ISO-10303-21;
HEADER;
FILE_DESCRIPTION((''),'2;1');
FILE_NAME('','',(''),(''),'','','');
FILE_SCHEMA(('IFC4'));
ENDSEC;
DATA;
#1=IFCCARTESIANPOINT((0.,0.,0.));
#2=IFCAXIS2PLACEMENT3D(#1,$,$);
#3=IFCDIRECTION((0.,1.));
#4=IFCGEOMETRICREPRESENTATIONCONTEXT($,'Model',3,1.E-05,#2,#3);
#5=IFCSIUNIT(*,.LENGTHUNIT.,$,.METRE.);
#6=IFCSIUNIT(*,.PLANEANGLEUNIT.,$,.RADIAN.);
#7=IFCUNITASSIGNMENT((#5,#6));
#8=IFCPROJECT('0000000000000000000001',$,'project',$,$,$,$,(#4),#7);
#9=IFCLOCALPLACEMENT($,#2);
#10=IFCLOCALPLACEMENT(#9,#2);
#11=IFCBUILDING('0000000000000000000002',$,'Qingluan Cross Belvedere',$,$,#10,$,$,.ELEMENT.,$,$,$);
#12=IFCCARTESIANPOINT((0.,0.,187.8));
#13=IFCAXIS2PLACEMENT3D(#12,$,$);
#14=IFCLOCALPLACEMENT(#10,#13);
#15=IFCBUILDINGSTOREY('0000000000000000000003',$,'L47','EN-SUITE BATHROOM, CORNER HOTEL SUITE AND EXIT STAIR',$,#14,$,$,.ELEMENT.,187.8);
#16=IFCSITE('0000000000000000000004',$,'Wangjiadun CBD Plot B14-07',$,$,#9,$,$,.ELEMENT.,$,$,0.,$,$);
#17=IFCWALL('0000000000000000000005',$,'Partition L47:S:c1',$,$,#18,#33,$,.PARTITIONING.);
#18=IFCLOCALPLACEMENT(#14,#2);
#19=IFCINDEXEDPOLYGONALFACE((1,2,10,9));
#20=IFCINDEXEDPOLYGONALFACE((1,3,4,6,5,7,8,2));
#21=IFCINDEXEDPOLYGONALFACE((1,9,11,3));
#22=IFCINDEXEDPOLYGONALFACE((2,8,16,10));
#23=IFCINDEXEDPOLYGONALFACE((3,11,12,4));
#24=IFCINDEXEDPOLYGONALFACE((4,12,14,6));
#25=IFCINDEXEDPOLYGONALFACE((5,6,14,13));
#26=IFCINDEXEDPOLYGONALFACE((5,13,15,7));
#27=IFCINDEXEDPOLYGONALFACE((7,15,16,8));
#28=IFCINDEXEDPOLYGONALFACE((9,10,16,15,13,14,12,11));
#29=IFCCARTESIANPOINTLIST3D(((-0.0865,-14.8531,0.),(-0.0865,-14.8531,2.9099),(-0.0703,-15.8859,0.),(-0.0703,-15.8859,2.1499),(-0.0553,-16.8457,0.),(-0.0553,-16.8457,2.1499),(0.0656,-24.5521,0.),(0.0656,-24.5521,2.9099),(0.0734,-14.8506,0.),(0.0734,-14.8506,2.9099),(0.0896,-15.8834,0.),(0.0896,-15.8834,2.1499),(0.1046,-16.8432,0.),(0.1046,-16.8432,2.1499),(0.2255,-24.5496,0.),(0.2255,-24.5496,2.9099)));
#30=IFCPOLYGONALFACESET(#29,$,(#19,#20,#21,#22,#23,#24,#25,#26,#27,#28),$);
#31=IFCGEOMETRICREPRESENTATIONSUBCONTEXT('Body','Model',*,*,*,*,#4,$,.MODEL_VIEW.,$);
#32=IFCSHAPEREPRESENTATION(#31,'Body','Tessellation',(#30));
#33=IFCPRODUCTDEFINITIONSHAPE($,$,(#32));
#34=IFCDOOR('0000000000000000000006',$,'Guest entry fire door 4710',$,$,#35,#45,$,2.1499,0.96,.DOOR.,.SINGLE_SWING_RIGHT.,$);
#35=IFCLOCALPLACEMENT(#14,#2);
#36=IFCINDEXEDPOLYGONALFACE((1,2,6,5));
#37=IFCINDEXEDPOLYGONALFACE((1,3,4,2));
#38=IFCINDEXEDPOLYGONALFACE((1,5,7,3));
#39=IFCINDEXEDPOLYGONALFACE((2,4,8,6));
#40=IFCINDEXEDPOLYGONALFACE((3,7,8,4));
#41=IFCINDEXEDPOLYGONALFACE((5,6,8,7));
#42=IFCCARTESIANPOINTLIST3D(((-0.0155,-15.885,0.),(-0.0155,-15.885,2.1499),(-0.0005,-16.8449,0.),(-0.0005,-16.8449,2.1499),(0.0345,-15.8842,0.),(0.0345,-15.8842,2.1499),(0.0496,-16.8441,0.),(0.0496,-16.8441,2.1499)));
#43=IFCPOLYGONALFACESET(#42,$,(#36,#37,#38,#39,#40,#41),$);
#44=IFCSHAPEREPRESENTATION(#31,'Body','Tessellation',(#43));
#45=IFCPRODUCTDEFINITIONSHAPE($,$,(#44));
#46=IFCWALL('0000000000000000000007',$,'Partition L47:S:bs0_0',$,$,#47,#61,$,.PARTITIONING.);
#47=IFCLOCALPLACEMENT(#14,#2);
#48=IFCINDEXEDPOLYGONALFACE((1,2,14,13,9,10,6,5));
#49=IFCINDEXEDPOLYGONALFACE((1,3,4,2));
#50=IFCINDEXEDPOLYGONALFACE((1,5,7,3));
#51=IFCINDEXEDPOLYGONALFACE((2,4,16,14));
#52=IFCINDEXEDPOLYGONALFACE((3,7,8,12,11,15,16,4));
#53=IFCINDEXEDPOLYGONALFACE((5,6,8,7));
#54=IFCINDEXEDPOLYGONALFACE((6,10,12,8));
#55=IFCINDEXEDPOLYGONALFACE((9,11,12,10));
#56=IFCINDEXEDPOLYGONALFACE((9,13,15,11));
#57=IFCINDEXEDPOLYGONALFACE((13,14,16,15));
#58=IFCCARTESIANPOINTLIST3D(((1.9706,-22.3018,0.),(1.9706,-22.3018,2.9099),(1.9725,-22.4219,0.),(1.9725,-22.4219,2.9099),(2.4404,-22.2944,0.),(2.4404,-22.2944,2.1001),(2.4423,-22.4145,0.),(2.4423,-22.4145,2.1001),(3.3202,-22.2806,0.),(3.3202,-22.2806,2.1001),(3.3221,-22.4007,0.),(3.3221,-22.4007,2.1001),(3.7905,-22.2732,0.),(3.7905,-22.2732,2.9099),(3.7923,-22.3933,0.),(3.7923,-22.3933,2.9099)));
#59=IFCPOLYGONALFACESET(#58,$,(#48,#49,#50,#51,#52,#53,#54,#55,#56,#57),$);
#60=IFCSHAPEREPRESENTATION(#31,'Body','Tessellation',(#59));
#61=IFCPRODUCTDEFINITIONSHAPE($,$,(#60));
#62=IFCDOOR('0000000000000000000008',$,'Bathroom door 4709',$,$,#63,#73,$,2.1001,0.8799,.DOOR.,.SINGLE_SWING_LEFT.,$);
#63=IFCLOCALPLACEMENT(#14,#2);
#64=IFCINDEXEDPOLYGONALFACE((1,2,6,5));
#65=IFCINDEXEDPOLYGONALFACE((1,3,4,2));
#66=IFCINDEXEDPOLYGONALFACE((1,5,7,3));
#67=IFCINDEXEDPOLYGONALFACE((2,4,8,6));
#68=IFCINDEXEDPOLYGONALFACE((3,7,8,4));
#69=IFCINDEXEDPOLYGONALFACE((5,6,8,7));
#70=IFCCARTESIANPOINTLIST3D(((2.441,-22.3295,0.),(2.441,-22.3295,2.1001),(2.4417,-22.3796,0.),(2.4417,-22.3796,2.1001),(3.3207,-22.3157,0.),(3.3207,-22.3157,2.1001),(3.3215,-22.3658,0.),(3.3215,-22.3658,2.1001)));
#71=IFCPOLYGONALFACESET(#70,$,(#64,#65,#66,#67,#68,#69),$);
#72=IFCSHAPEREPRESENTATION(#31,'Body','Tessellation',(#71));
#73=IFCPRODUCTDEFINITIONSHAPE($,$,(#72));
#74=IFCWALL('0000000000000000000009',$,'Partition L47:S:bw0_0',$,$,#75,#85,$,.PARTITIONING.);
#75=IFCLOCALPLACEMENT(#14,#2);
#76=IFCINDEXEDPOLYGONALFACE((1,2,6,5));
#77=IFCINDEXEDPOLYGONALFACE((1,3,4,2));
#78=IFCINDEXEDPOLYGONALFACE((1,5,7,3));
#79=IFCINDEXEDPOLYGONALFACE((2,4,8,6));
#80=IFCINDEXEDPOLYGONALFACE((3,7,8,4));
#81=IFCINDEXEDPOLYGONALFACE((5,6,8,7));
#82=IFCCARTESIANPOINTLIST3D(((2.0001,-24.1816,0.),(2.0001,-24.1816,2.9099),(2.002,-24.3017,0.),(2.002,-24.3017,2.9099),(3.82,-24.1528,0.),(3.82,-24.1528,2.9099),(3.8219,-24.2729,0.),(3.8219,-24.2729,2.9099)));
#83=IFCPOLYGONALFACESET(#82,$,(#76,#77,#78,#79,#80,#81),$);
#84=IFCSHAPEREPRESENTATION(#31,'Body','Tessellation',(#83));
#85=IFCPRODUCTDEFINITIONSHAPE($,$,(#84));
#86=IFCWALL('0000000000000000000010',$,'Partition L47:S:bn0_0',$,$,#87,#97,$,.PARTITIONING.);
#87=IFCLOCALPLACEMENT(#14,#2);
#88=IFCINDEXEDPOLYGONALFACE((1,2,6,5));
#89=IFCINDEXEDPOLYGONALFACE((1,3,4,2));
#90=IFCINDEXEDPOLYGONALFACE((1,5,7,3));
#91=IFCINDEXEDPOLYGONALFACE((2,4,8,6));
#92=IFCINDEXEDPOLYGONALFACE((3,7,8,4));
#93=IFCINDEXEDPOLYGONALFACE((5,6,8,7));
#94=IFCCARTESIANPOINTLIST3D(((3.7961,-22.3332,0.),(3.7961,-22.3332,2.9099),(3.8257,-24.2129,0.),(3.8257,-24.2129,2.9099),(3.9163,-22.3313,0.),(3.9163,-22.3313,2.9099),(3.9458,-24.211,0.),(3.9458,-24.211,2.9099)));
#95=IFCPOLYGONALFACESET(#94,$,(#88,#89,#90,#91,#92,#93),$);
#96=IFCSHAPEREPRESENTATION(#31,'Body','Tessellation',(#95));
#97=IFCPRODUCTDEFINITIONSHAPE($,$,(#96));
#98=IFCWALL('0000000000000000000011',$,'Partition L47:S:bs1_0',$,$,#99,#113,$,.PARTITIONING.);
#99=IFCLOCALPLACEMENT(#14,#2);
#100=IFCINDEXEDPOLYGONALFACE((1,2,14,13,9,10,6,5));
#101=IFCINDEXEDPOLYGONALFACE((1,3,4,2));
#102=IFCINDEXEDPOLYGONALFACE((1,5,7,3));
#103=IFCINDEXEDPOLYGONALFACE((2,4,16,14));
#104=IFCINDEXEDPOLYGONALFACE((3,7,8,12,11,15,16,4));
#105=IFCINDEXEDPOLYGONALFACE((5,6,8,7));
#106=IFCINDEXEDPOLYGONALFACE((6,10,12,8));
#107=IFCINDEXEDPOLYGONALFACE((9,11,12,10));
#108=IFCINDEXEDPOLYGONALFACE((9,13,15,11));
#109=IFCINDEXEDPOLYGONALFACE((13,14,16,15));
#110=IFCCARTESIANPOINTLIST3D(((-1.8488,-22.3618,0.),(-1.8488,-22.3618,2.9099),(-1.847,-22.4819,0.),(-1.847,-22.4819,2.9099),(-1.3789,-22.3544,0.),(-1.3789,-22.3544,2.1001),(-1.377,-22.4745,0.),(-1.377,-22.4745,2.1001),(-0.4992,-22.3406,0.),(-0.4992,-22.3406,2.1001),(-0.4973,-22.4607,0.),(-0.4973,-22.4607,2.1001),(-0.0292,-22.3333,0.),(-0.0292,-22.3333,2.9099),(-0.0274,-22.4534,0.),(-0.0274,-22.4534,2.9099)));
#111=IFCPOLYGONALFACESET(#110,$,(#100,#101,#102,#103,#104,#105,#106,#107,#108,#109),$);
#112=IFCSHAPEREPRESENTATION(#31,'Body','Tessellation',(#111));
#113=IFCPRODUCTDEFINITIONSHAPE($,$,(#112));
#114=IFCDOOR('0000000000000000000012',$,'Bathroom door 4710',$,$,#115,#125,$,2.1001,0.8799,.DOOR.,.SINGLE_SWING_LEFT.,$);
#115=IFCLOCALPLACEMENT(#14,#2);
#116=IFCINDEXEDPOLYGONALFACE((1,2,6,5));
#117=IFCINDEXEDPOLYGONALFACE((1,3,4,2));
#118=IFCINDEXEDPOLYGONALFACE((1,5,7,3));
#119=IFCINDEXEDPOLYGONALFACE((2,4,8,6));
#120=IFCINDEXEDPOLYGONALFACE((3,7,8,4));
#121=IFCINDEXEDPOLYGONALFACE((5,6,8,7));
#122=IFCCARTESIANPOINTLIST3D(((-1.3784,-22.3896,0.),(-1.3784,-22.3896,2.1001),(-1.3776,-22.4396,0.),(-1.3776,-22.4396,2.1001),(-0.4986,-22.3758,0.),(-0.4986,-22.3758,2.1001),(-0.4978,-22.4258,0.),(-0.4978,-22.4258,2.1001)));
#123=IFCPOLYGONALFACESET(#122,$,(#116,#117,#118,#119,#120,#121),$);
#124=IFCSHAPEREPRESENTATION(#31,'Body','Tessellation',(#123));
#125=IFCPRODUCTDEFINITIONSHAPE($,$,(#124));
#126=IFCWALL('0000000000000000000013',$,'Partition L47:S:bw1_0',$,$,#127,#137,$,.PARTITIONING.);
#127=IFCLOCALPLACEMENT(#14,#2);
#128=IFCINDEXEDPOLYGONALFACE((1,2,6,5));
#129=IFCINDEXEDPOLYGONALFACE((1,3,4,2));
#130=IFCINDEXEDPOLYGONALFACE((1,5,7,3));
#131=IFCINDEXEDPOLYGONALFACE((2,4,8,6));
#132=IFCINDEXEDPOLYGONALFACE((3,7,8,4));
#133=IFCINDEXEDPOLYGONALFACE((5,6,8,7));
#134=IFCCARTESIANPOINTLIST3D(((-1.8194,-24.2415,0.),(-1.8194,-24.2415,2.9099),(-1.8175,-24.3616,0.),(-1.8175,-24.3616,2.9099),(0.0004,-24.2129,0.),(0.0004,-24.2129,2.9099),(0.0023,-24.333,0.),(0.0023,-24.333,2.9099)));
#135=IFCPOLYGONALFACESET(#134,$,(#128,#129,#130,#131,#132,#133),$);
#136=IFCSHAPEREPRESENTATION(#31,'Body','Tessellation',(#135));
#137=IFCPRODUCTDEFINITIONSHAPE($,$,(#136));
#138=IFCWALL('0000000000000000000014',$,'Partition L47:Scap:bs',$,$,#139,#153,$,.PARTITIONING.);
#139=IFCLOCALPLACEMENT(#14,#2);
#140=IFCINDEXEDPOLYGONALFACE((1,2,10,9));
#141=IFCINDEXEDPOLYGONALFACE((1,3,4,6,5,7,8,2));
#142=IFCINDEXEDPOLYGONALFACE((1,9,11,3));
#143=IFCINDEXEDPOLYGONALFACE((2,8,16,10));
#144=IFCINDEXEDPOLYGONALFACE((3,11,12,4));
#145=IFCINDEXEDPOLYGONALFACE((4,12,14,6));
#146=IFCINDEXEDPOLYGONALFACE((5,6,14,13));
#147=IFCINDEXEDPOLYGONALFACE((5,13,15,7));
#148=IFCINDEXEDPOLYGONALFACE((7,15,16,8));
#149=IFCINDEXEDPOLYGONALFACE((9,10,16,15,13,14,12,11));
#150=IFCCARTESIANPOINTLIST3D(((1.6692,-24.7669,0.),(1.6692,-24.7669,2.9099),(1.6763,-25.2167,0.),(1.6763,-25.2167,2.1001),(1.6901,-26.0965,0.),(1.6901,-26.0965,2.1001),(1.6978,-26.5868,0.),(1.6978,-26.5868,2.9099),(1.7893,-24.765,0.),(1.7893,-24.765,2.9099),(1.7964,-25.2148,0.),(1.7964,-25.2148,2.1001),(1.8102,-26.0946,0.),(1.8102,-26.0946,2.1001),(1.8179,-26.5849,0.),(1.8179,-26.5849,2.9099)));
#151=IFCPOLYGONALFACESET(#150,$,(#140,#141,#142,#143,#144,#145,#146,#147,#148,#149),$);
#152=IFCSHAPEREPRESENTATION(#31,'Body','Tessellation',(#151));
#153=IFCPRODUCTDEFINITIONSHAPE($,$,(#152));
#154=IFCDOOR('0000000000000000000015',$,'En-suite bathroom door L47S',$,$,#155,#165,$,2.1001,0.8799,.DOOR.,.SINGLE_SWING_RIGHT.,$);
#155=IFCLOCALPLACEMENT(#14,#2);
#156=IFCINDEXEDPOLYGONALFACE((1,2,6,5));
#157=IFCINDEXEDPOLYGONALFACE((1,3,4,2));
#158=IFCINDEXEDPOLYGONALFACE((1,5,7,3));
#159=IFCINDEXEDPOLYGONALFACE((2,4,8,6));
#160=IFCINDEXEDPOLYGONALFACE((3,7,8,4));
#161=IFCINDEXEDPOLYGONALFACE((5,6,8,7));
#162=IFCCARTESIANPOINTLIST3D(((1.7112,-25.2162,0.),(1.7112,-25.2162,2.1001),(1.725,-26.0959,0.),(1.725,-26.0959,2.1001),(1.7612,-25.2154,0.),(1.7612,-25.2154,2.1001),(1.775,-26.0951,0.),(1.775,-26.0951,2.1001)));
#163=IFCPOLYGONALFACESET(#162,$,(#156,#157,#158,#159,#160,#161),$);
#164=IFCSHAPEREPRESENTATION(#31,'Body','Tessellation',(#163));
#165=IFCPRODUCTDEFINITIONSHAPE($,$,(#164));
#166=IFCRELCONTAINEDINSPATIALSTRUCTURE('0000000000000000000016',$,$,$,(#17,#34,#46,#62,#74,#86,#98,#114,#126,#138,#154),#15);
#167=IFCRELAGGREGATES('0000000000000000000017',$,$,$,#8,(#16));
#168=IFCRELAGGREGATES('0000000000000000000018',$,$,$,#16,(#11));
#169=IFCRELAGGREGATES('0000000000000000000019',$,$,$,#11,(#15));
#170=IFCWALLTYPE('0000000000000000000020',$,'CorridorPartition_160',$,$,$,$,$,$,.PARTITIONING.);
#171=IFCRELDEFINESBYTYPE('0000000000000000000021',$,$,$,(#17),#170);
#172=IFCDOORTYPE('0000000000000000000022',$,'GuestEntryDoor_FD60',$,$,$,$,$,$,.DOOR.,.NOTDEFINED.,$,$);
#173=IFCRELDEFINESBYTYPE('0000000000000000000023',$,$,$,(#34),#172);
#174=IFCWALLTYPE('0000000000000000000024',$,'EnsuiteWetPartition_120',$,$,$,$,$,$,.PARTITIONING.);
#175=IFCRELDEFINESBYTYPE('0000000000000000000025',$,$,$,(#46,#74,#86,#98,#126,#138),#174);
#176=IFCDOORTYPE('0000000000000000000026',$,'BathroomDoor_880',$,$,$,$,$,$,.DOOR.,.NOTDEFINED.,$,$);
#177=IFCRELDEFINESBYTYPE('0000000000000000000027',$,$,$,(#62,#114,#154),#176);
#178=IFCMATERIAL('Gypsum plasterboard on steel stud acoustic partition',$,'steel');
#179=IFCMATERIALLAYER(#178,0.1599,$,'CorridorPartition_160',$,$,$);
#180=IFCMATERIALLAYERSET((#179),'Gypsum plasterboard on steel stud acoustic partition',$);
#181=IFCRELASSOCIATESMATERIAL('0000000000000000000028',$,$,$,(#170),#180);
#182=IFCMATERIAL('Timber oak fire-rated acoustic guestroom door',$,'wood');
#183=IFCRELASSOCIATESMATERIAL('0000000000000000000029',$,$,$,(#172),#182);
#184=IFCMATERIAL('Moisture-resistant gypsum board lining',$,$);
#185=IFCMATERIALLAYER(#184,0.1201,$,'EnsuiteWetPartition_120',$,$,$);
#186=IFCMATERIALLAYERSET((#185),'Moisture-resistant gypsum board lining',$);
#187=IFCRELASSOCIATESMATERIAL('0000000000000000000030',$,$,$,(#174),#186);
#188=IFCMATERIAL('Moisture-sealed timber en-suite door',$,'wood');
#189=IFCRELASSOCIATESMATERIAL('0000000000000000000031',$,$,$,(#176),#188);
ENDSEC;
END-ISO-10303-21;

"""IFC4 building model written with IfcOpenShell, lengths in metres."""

from ifc_helpers import new_model, si_unit, direction, frame, frame_2d, origin, place, context, subcontext, project, spatial, rectangle, extrude, material, layer, layer_set, type_object, element, fill, save


model = new_model("IFC4")

# Units and contexts
model_context = context("Model", 3, precision=1e-05, world=origin(), true_north=direction((0.0, 1.0)))
body_context = subcontext(model_context, "Body", "Model", "MODEL_VIEW")
ifc_project = project(units=[si_unit("LENGTHUNIT", "METRE"), si_unit("PLANEANGLEUNIT", "RADIAN")], contexts=[model_context])

# Site, building, storey
site_placement = place(None, origin())
site = spatial("IfcSite", under=ifc_project, at=site_placement, Name="Wangjiadun CBD Plot B14-07", CompositionType="ELEMENT", RefElevation=0.0)
building_placement = place(site_placement, origin())
building = spatial("IfcBuilding", under=site, at=building_placement, Name="Qingluan Cross Belvedere", CompositionType="ELEMENT")
storey_placement = place(building_placement, frame((0.0, 0.0, 187.8)))
storey = spatial("IfcBuildingStorey", under=building, at=storey_placement, Name="L47", Description="EN-SUITE BATHROOM, CORNER HOTEL SUITE AND EXIT STAIR", CompositionType="ELEMENT", Elevation=187.8)

# Walls, openings, doors
ifc_material_1 = material(Name="Gypsum plasterboard on steel stud acoustic partition", Category="steel")
ifc_layer_1 = layer(ifc_material_1, 0.1599, Name="CorridorPartition_160")
ifc_layer_set_1 = layer_set([ifc_layer_1], Name="Gypsum plasterboard on steel stud acoustic partition")
wall_type_1 = type_object("IfcWallType", Name="CorridorPartition_160", PredefinedType="PARTITIONING", material=ifc_layer_set_1)
wall_1_placement = place(storey_placement, frame((-0.0066, -14.8518, 0.0), z_axis=(0.0, 0.0, 1.0), x_axis=(0.01568, -0.999877, 0.0)))
wall_1 = element("IfcWall", 1, at=wall_1_placement, inside=storey, type_object=wall_type_1, Name="Partition L47:S:c1", PredefinedType="PARTITIONING", context=body_context, shape_type="SweptSolid", body=[
    extrude(rectangle(XDim=9.7002, YDim=0.1599, at=frame_2d((4.8501, 0.0))), origin(), (0.0, 0.0, 1.0), 2.9099),
])
opening_1_placement = place(wall_1_placement, frame((1.033, 0.0, 0.0)))
opening_1 = element("IfcOpeningElement", 2, at=opening_1_placement, cuts=wall_1, PredefinedType="OPENING", context=body_context, shape_type="SweptSolid", body=[
    extrude(rectangle(XDim=0.96, YDim=2.1499, at=frame_2d((0.48, 1.075))), frame((0.0, 0.0898, 0.0), z_axis=(0.0, -1.0, 0.0), x_axis=(1.0, 0.0, 0.0)), (0.0, 0.0, 1.0), 0.1799),
])
ifc_material_2 = material(Name="Timber oak fire-rated acoustic guestroom door", Category="wood")
door_type_1 = type_object("IfcDoorType", Name="GuestEntryDoor_FD60", OperationType="NOTDEFINED", PredefinedType="DOOR", material=ifc_material_2)
door_1_placement = place(opening_1_placement, origin())
door_1 = element("IfcDoor", 3, at=door_1_placement, inside=storey, type_object=door_type_1, Name="Guest entry fire door 4710", OperationType="SINGLE_SWING_RIGHT", OverallHeight=2.1499, OverallWidth=0.96, PredefinedType="DOOR", context=body_context, shape_type="SweptSolid", body=[
    extrude(rectangle(XDim=0.96, YDim=2.1499, at=frame_2d((0.48, 1.075))), frame((0.0, 0.0249, 0.0), z_axis=(0.0, -1.0, 0.0), x_axis=(1.0, 0.0, 0.0)), (0.0, 0.0, 1.0), 0.05),
])
fill(opening_1, door_1)
ifc_material_3 = material(Name="Moisture-resistant gypsum board lining")
ifc_layer_2 = layer(ifc_material_3, 0.1201, Name="EnsuiteWetPartition_120")
ifc_layer_set_2 = layer_set([ifc_layer_2], Name="Moisture-resistant gypsum board lining")
wall_type_2 = type_object("IfcWallType", Name="EnsuiteWetPartition_120", PredefinedType="PARTITIONING", material=ifc_layer_set_2)
wall_2_placement = place(storey_placement, frame((1.9714, -22.3618, 0.0), z_axis=(0.0, 0.0, 1.0), x_axis=(0.999877, 0.015694, 0.0)))
wall_2 = element("IfcWall", 4, at=wall_2_placement, inside=storey, type_object=wall_type_2, Name="Partition L47:S:bs0_0", PredefinedType="PARTITIONING", context=body_context, shape_type="SweptSolid", body=[
    extrude(rectangle(XDim=1.8201, YDim=0.1201, at=frame_2d((0.9102, 0.0))), origin(), (0.0, 0.0, 1.0), 2.9099),
])
opening_2_placement = place(wall_2_placement, frame((0.47, 0.0, 0.0)))
opening_2 = element("IfcOpeningElement", 5, at=opening_2_placement, cuts=wall_2, PredefinedType="OPENING", context=body_context, shape_type="SweptSolid", body=[
    extrude(rectangle(XDim=0.8799, YDim=2.1001, at=frame_2d((0.4399, 1.05))), frame((0.0, 0.0701, 0.0), z_axis=(0.0, -1.0, 0.0), x_axis=(1.0, 0.0, 0.0)), (0.0, 0.0, 1.0), 0.1401),
])
ifc_material_4 = material(Name="Moisture-sealed timber en-suite door", Category="wood")
door_type_2 = type_object("IfcDoorType", Name="BathroomDoor_880", OperationType="NOTDEFINED", PredefinedType="DOOR", material=ifc_material_4)
door_2_placement = place(opening_2_placement, origin())
door_2 = element("IfcDoor", 6, at=door_2_placement, inside=storey, type_object=door_type_2, Name="Bathroom door 4709", OperationType="SINGLE_SWING_LEFT", OverallHeight=2.1001, OverallWidth=0.8799, PredefinedType="DOOR", context=body_context, shape_type="SweptSolid", body=[
    extrude(rectangle(XDim=0.8799, YDim=2.1001, at=frame_2d((0.4399, 1.05))), frame((0.0, 0.0249, 0.0), z_axis=(0.0, -1.0, 0.0), x_axis=(1.0, 0.0, 0.0)), (0.0, 0.0, 1.0), 0.05),
])
fill(opening_2, door_2)

# Walls
wall_3_placement = place(storey_placement, frame((2.001, -24.2417, 0.0), z_axis=(0.0, 0.0, 1.0), x_axis=(0.999875, 0.015828, 0.0)))
element("IfcWall", 7, at=wall_3_placement, inside=storey, type_object=wall_type_2, Name="Partition L47:S:bw0_0", PredefinedType="PARTITIONING", context=body_context, shape_type="SweptSolid", body=[
    extrude(rectangle(XDim=1.8201, YDim=0.1201, at=frame_2d((0.9102, 0.0))), origin(), (0.0, 0.0, 1.0), 2.9099),
])
wall_4_placement = place(storey_placement, frame((3.8562, -22.3323, 0.0), z_axis=(0.0, 0.0, 1.0), x_axis=(0.015714, -0.999877, 0.0)))
element("IfcWall", 8, at=wall_4_placement, inside=storey, type_object=wall_type_2, Name="Partition L47:S:bn0_0", PredefinedType="PARTITIONING", context=body_context, shape_type="SweptSolid", body=[
    extrude(rectangle(XDim=1.8799, YDim=0.1201, at=frame_2d((0.9399, 0.0))), origin(), (0.0, 0.0, 1.0), 2.9099),
])

# Wall, opening, door
wall_5_placement = place(storey_placement, frame((-1.8479, -22.4219, 0.0), z_axis=(0.0, 0.0, 1.0), x_axis=(0.999877, 0.015696, 0.0)))
wall_5 = element("IfcWall", 9, at=wall_5_placement, inside=storey, type_object=wall_type_2, Name="Partition L47:S:bs1_0", PredefinedType="PARTITIONING", context=body_context, shape_type="SweptSolid", body=[
    extrude(rectangle(XDim=1.8198, YDim=0.1201, at=frame_2d((0.9099, 0.0))), origin(), (0.0, 0.0, 1.0), 2.9099),
])
opening_3_placement = place(wall_5_placement, frame((0.47, 0.0, 0.0)))
opening_3 = element("IfcOpeningElement", 10, at=opening_3_placement, cuts=wall_5, PredefinedType="OPENING", context=body_context, shape_type="SweptSolid", body=[
    extrude(rectangle(XDim=0.8799, YDim=2.1001, at=frame_2d((0.4399, 1.05))), frame((0.0, 0.0701, 0.0), z_axis=(0.0, -1.0, 0.0), x_axis=(1.0, 0.0, 0.0)), (0.0, 0.0, 1.0), 0.1401),
])
door_3_placement = place(opening_3_placement, origin())
door_3 = element("IfcDoor", 11, at=door_3_placement, inside=storey, type_object=door_type_2, Name="Bathroom door 4710", OperationType="SINGLE_SWING_LEFT", OverallHeight=2.1001, OverallWidth=0.8799, PredefinedType="DOOR", context=body_context, shape_type="SweptSolid", body=[
    extrude(rectangle(XDim=0.8799, YDim=2.1001, at=frame_2d((0.4399, 1.05))), frame((0.0, 0.0249, 0.0), z_axis=(0.0, -1.0, 0.0), x_axis=(1.0, 0.0, 0.0)), (0.0, 0.0, 1.0), 0.05),
])
fill(opening_3, door_3)

# Wall
wall_6_placement = place(storey_placement, frame((-1.8186, -24.3015, 0.0), z_axis=(0.0, 0.0, 1.0), x_axis=(0.999877, 0.015694, 0.0)))
element("IfcWall", 12, at=wall_6_placement, inside=storey, type_object=wall_type_2, Name="Partition L47:S:bw1_0", PredefinedType="PARTITIONING", context=body_context, shape_type="SweptSolid", body=[
    extrude(rectangle(XDim=1.8201, YDim=0.1201, at=frame_2d((0.9102, 0.0))), origin(), (0.0, 0.0, 1.0), 2.9099),
])

# Wall, opening, door
wall_7_placement = place(storey_placement, frame((1.7292, -24.7659, 0.0), z_axis=(0.0, 0.0, 1.0), x_axis=(0.015694, -0.999877, 0.0)))
wall_7 = element("IfcWall", 13, at=wall_7_placement, inside=storey, type_object=wall_type_2, Name="Partition L47:Scap:bs", PredefinedType="PARTITIONING", context=body_context, shape_type="SweptSolid", body=[
    extrude(rectangle(XDim=1.8201, YDim=0.1201, at=frame_2d((0.9102, 0.0))), origin(), (0.0, 0.0, 1.0), 2.9099),
])
opening_4_placement = place(wall_7_placement, frame((0.45, 0.0, 0.0)))
opening_4 = element("IfcOpeningElement", 14, at=opening_4_placement, cuts=wall_7, PredefinedType="OPENING", context=body_context, shape_type="SweptSolid", body=[
    extrude(rectangle(XDim=0.8799, YDim=2.1001, at=frame_2d((0.4399, 1.05))), frame((0.0, 0.0701, 0.0), z_axis=(0.0, -1.0, 0.0), x_axis=(1.0, 0.0, 0.0)), (0.0, 0.0, 1.0), 0.1401),
])
door_4_placement = place(opening_4_placement, origin())
door_4 = element("IfcDoor", 15, at=door_4_placement, inside=storey, type_object=door_type_2, Name="En-suite bathroom door L47S", OperationType="SINGLE_SWING_RIGHT", OverallHeight=2.1001, OverallWidth=0.8799, PredefinedType="DOOR", context=body_context, shape_type="SweptSolid", body=[
    extrude(rectangle(XDim=0.8799, YDim=2.1001, at=frame_2d((0.4399, 1.05))), frame((0.0, 0.0249, 0.0), z_axis=(0.0, -1.0, 0.0), x_axis=(1.0, 0.0, 0.0)), (0.0, 0.0, 1.0), 0.05),
])
fill(opening_4, door_4)

save(model, "model.ifc")
